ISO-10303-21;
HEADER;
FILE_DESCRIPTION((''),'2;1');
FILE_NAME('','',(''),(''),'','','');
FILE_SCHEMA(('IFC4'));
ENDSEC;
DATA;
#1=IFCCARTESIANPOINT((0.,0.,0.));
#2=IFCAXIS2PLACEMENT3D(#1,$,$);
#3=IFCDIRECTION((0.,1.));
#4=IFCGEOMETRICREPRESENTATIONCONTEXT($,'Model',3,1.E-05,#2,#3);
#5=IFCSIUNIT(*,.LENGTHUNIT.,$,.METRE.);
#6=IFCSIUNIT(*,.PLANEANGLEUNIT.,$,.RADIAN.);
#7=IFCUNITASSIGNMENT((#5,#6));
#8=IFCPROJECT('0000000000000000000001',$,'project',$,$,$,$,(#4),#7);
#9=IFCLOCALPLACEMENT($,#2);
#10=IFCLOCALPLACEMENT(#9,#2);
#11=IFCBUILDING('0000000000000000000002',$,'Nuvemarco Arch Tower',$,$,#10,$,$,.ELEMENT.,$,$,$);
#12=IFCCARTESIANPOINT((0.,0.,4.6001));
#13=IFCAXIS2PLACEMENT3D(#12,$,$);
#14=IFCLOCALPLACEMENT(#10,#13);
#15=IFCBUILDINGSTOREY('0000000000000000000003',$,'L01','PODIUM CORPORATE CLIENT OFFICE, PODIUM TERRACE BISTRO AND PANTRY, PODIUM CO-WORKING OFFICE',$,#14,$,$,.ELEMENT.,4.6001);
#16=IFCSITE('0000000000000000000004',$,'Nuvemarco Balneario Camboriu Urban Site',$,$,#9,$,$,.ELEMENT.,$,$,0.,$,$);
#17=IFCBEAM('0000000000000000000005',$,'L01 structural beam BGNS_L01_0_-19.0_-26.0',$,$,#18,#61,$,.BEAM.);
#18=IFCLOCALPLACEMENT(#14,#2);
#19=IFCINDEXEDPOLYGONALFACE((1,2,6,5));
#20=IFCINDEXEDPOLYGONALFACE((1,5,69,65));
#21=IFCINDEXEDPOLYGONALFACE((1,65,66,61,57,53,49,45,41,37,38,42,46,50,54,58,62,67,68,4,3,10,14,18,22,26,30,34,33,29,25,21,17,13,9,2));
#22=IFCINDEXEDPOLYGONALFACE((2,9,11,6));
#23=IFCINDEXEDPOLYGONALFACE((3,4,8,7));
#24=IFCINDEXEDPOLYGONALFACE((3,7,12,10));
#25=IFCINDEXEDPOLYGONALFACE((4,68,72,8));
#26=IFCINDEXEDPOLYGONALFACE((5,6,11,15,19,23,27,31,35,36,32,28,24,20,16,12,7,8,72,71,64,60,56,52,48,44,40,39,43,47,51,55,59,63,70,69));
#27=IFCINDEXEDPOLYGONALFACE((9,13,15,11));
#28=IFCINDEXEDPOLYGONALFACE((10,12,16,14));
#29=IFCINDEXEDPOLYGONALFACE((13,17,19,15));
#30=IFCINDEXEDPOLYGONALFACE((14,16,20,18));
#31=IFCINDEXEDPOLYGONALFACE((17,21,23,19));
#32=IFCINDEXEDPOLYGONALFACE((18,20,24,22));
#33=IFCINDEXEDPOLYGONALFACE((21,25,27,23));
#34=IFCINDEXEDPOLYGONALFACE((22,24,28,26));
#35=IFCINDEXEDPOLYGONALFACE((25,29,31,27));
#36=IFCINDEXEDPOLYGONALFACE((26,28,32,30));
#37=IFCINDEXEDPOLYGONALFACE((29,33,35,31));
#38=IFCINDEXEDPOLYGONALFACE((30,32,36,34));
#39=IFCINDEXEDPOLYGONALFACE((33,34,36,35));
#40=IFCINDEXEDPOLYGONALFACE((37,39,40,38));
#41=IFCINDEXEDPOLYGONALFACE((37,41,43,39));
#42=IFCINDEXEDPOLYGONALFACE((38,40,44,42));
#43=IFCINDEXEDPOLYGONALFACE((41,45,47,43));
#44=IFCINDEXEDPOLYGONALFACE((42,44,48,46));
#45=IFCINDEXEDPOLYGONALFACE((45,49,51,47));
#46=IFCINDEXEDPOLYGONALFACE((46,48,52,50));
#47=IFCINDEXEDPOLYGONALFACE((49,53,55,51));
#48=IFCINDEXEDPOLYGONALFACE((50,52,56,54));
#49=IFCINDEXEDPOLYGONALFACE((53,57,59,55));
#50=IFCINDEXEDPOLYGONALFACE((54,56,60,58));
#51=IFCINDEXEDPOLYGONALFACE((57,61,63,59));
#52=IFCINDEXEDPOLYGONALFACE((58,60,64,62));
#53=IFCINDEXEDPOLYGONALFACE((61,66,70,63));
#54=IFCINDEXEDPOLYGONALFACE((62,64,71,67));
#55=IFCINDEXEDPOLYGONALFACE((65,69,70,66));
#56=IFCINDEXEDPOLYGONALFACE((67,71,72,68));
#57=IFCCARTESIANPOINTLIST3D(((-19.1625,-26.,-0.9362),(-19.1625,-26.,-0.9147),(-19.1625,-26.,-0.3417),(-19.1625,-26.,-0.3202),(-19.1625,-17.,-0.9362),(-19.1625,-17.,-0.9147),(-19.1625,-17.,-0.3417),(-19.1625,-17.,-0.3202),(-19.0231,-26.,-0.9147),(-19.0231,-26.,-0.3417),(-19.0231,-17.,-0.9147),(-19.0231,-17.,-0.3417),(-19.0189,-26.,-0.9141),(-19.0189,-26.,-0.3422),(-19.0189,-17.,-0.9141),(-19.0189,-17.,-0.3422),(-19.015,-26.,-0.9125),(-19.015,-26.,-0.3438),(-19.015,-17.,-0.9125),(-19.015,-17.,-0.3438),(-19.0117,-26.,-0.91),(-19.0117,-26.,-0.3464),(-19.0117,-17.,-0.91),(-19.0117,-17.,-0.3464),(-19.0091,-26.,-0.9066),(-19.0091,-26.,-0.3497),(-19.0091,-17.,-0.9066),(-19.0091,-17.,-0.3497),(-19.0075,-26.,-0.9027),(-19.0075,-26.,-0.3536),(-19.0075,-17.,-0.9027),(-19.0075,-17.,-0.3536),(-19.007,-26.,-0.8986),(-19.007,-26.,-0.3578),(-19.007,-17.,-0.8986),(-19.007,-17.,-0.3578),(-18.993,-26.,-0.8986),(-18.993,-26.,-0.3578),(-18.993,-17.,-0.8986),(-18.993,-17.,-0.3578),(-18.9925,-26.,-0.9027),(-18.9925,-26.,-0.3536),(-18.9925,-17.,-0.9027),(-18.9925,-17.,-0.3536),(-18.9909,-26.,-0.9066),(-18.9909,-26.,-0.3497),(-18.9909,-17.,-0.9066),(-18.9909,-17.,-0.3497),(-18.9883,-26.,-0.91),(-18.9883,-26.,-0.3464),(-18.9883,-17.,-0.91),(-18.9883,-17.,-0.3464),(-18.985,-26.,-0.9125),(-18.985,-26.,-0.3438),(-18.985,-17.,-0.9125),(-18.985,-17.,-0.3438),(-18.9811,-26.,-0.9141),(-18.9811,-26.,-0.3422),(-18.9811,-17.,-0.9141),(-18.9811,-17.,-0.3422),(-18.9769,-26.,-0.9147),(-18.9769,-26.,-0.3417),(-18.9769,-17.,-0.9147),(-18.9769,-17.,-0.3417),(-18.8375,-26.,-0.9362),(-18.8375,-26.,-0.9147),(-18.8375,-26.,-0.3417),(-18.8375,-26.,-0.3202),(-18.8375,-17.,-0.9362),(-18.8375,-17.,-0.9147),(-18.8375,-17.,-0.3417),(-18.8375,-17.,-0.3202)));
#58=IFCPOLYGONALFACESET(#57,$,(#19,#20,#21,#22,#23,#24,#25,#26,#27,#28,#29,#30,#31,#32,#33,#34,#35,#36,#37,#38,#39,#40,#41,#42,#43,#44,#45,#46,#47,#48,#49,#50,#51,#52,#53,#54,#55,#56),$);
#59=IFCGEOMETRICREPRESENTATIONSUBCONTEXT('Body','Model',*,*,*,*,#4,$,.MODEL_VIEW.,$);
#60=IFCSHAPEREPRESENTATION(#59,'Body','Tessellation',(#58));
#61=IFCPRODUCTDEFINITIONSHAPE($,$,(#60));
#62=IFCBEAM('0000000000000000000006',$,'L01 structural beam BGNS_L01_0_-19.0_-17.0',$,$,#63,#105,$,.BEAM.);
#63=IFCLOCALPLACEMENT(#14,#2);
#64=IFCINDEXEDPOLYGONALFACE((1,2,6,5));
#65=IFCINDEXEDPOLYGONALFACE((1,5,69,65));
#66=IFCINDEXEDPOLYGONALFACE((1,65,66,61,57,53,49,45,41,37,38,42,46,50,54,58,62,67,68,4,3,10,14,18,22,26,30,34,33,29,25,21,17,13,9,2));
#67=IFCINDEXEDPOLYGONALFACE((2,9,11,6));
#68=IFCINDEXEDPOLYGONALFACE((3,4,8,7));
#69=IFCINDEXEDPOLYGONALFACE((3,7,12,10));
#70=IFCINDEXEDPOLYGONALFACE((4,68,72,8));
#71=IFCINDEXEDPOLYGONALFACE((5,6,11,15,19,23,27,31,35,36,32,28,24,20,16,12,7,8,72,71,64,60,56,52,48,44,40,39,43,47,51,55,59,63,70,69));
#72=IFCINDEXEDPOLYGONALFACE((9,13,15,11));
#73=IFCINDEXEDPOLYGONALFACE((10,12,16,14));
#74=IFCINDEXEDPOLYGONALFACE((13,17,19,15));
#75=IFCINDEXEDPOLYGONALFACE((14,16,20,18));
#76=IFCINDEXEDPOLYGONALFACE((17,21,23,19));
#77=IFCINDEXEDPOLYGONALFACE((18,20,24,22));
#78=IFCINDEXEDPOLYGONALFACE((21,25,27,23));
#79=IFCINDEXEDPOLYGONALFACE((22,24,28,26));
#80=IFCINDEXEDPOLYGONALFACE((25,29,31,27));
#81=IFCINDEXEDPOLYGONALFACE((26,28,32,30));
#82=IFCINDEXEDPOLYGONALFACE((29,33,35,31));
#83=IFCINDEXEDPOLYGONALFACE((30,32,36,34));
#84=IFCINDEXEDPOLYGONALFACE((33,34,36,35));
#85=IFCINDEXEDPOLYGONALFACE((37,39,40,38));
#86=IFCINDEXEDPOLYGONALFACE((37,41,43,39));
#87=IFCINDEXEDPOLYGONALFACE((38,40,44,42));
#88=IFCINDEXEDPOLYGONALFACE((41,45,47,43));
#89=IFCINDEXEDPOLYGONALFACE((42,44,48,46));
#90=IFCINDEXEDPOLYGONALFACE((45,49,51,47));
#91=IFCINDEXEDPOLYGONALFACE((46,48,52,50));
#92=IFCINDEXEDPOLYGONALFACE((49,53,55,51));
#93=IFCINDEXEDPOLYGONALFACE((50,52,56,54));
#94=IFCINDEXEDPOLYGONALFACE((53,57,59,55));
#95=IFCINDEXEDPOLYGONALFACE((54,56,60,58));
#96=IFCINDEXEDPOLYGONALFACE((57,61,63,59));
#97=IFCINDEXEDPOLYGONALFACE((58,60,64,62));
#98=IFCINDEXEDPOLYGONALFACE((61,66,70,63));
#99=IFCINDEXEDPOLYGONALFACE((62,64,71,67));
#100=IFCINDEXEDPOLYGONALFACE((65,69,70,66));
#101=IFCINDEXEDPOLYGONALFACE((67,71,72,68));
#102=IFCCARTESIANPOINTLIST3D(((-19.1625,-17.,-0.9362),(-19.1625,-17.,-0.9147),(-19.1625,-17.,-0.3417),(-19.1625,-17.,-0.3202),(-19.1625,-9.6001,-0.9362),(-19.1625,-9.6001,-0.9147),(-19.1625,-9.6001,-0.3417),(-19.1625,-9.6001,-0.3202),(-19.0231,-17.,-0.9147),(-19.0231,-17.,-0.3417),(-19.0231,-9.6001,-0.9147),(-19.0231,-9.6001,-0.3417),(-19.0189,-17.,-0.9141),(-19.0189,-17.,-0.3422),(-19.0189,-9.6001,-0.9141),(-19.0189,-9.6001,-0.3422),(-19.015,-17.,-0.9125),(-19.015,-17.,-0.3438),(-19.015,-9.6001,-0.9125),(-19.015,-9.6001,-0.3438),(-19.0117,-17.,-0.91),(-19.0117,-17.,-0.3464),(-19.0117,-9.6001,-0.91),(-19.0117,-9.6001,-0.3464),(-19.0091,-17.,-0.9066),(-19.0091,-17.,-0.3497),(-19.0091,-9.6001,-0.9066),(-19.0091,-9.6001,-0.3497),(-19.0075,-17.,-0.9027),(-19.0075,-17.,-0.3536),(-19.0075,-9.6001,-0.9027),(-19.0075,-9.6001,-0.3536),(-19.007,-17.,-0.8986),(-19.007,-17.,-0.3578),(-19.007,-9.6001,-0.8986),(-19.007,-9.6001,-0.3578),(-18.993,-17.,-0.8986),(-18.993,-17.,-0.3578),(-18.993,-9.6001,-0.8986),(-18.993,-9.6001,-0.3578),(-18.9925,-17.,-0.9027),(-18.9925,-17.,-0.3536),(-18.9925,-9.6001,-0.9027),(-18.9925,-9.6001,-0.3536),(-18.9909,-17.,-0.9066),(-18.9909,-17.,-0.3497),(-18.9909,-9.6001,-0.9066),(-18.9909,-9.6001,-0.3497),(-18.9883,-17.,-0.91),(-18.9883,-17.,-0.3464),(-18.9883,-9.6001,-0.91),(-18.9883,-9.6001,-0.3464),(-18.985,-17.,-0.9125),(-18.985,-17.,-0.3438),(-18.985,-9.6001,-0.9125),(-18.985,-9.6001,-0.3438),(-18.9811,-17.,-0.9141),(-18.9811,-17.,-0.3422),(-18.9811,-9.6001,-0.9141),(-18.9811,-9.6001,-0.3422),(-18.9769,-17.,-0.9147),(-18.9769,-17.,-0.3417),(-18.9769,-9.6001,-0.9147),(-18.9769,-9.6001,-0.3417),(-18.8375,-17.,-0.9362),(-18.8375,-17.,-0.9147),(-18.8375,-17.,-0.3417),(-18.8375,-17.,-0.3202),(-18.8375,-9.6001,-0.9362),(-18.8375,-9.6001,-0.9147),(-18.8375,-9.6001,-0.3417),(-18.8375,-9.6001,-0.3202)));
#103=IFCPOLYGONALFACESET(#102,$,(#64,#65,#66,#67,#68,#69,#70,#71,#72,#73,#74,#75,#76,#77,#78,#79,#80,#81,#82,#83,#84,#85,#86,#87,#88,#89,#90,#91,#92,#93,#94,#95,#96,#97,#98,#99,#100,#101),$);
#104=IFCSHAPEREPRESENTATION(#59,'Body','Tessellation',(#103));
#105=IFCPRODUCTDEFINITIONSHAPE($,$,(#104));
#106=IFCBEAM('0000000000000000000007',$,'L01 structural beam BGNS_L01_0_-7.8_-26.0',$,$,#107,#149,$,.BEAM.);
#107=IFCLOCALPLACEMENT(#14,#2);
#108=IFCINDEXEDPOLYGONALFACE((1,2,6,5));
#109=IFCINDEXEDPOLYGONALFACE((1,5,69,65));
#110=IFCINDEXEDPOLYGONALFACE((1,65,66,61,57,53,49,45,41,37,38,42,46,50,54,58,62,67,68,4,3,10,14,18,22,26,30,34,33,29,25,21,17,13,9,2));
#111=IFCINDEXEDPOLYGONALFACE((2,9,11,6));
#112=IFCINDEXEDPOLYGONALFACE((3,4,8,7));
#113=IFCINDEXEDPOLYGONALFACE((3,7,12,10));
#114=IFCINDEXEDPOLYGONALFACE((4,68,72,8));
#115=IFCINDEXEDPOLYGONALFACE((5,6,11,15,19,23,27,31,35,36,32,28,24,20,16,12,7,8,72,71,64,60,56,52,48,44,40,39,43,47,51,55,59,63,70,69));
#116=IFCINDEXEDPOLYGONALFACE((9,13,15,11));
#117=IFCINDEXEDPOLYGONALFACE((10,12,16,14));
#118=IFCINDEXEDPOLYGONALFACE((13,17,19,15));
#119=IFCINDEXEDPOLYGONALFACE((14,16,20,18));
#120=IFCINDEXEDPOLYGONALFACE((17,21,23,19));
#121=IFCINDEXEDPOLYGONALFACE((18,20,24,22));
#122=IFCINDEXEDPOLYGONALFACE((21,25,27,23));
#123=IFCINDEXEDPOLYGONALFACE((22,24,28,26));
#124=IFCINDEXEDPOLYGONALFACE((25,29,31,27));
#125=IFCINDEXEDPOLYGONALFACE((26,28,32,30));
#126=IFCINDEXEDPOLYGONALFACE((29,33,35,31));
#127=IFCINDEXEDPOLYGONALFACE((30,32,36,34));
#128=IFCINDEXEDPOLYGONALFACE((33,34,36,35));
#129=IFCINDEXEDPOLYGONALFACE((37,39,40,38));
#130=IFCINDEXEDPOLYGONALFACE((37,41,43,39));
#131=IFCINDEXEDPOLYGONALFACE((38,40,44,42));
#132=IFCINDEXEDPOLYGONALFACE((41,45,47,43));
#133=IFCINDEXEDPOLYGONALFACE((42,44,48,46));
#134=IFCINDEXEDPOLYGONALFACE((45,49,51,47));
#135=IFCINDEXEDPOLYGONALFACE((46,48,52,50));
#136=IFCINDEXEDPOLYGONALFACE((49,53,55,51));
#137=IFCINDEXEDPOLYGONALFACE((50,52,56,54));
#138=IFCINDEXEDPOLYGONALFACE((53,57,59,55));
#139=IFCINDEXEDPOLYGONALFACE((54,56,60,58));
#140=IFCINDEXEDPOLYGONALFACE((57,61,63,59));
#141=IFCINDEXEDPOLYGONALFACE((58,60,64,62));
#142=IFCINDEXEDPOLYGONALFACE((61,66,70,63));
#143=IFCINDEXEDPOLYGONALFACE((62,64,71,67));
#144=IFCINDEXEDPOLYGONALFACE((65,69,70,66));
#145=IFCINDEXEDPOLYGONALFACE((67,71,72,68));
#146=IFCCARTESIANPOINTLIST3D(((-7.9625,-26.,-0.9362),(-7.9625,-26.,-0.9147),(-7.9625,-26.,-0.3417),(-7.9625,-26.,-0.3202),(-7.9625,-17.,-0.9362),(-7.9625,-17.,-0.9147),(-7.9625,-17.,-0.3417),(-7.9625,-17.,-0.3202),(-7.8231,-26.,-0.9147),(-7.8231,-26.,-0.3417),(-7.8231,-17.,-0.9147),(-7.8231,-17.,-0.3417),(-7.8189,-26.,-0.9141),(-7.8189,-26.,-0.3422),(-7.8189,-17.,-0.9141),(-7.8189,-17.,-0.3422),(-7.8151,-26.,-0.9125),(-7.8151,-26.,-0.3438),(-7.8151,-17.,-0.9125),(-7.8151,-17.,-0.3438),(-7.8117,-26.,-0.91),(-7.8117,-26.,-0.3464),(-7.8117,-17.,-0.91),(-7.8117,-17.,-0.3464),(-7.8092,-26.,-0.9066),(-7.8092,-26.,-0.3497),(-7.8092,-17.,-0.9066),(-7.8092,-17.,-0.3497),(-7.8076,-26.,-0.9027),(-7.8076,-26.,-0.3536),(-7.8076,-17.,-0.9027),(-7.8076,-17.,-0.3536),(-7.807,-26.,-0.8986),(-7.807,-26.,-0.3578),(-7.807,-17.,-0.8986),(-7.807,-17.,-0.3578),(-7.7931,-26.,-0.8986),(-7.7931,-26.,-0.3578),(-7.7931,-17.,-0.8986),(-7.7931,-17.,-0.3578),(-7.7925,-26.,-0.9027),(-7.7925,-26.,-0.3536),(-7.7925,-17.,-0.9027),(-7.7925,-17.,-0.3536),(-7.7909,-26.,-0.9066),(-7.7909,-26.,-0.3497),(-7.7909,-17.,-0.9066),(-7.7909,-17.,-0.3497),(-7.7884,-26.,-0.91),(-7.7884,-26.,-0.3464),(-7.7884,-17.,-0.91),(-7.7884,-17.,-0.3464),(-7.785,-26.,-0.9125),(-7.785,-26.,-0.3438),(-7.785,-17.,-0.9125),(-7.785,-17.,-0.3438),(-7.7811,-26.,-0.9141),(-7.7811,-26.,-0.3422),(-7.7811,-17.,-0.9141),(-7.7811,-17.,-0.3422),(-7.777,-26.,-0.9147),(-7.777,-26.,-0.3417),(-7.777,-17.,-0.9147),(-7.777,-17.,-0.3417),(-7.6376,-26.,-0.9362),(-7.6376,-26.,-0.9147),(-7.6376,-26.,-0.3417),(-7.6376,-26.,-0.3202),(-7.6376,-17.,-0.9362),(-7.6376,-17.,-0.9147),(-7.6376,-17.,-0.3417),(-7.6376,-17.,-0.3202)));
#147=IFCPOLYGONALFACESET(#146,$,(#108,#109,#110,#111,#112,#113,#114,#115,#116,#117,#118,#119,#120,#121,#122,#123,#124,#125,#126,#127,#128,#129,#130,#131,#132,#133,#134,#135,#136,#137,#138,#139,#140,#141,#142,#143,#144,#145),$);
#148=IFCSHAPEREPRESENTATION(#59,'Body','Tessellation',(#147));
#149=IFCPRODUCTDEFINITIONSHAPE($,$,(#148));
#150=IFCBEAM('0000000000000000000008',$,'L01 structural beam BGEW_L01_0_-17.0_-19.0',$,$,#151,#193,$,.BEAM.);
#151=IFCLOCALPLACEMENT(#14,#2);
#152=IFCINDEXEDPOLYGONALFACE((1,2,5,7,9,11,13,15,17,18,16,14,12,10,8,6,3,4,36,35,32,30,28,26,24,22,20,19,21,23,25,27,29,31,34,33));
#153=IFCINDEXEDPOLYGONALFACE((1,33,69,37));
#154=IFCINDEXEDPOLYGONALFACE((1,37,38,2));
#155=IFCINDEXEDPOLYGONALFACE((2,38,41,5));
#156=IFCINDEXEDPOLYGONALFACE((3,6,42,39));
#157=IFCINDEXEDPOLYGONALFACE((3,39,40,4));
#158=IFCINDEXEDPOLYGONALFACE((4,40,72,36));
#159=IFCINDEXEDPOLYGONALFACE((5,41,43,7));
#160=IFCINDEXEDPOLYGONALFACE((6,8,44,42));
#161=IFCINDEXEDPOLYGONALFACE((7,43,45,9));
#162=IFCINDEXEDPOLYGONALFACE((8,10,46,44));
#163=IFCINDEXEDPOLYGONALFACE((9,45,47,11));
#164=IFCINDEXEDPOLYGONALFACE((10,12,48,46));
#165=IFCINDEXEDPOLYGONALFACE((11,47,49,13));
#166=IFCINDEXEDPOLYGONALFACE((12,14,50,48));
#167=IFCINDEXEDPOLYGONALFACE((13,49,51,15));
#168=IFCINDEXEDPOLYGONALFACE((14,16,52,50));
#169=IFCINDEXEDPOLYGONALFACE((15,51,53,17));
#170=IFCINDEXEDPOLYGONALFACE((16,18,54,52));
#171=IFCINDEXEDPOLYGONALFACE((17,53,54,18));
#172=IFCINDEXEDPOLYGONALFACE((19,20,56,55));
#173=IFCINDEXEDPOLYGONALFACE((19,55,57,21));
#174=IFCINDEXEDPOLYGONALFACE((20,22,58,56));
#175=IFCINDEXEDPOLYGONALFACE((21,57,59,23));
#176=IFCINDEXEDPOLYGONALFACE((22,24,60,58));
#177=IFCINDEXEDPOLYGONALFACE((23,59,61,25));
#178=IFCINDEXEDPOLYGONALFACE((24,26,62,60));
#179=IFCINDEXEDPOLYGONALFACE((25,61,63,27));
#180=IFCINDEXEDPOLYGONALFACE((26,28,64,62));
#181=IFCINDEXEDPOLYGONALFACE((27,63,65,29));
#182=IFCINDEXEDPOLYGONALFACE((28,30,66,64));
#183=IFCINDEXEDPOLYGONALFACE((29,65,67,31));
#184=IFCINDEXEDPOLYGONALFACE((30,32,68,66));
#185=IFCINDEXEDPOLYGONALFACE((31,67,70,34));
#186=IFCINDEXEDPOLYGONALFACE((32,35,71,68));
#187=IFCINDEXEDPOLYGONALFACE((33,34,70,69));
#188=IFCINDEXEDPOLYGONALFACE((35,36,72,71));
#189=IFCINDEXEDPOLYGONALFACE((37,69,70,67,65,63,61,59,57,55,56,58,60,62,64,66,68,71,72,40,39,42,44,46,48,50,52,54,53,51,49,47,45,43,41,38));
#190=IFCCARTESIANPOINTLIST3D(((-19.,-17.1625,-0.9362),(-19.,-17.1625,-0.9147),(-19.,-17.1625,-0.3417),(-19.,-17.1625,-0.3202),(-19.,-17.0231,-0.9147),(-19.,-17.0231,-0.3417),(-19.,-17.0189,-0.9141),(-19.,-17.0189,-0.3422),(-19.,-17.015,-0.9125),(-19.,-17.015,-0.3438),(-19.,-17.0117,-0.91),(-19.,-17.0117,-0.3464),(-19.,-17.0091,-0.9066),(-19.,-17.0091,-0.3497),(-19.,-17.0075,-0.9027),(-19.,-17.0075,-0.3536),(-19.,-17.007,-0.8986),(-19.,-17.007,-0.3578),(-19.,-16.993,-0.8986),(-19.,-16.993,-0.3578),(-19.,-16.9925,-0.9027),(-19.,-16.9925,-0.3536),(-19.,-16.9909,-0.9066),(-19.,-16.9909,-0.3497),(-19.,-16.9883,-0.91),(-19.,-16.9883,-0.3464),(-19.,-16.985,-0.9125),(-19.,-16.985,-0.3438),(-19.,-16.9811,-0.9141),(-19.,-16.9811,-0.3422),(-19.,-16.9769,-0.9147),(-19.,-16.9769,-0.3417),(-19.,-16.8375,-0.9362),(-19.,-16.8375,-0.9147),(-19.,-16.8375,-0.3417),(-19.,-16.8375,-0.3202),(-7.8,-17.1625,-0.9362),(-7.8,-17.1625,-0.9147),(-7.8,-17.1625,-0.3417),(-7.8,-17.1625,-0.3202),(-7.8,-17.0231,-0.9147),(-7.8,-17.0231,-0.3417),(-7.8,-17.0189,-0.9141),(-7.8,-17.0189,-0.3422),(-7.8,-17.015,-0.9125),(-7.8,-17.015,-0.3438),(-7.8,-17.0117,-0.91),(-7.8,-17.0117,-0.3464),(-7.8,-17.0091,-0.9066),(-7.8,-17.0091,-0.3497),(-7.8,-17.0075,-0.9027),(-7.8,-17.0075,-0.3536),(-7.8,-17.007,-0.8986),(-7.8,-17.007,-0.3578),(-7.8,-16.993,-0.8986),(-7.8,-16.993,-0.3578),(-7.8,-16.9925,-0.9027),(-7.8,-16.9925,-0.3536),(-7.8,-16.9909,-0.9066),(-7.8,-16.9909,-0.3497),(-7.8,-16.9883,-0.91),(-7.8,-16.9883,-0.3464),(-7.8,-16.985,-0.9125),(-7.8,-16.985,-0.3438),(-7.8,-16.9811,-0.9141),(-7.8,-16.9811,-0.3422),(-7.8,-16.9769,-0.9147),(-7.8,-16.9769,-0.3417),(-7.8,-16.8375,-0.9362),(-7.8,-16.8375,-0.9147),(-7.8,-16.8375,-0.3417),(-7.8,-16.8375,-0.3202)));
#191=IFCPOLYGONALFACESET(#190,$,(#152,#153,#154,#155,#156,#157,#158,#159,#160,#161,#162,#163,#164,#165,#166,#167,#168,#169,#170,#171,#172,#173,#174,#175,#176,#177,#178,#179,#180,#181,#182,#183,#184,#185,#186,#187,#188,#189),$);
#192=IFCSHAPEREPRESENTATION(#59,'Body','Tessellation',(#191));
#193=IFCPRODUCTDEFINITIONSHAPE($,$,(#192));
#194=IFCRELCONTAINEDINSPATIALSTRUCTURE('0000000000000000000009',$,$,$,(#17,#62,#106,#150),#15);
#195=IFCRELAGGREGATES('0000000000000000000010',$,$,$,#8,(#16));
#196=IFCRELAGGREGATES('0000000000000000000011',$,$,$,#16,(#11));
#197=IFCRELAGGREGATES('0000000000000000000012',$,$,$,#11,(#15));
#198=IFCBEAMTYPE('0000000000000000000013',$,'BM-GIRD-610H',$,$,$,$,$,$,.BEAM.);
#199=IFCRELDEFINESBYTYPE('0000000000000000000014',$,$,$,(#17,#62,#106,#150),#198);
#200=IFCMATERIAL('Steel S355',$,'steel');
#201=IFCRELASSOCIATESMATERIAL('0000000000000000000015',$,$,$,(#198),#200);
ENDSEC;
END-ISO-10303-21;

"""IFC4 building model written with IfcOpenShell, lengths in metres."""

from ifc_helpers import new_model, si_unit, direction, frame, origin, origin_2d, place, context, subcontext, project, spatial, i_section, extrude, material, material_profile, profile_set, type_object, element, save


model = new_model("IFC4")

# Units and contexts
model_context = context("Model", 3, precision=1e-05, world=origin(), true_north=direction((0.0, 1.0)))
body_context = subcontext(model_context, "Body", "Model", "MODEL_VIEW")
ifc_project = project(units=[si_unit("LENGTHUNIT", "METRE"), si_unit("PLANEANGLEUNIT", "RADIAN")], contexts=[model_context])

# Site, building, storey
site_placement = place(None, origin())
site = spatial("IfcSite", under=ifc_project, at=site_placement, Name="Nuvemarco Balneario Camboriu Urban Site", CompositionType="ELEMENT", RefElevation=0.0)
building_placement = place(site_placement, origin())
building = spatial("IfcBuilding", under=site, at=building_placement, Name="Nuvemarco Arch Tower", CompositionType="ELEMENT")
storey_placement = place(building_placement, frame((0.0, 0.0, 4.6001)))
storey = spatial("IfcBuildingStorey", under=building, at=storey_placement, Name="L01", Description="PODIUM CORPORATE CLIENT OFFICE, PODIUM TERRACE BISTRO AND PANTRY, PODIUM CO-WORKING OFFICE", CompositionType="ELEMENT", Elevation=4.6001)

# Beams
ifc_material_1 = material(Name="Steel S355", Category="steel")
ifc_material_profile_1 = material_profile(ifc_material_1, i_section(OverallWidth=0.325, OverallDepth=0.616, WebThickness=0.0139, FlangeThickness=0.0215, FilletRadius=0.0161, at=origin_2d()), Name="W610x174")
ifc_profile_set_1 = profile_set([ifc_material_profile_1], Name="Steel S355")
beam_type_1 = type_object("IfcBeamType", Name="BM-GIRD-610H", PredefinedType="BEAM", material=ifc_profile_set_1)
beam_1_placement = place(storey_placement, frame((-19.0, -26.0, -0.6282), z_axis=(0.0, 1.0, 0.0), x_axis=(-1.0, 0.0, 0.0)))
element("IfcBeam", 1, at=beam_1_placement, inside=storey, type_object=beam_type_1, Name="L01 structural beam BGNS_L01_0_-19.0_-26.0", PredefinedType="BEAM", context=body_context, shape_type="SweptSolid", body=[
    extrude(i_section(OverallWidth=0.325, OverallDepth=0.616, WebThickness=0.0139, FlangeThickness=0.0215, FilletRadius=0.0161, at=origin_2d()), origin(), (0.0, 0.0, 1.0), 9.0),
])
beam_2_placement = place(storey_placement, frame((-19.0, -17.0, -0.6282), z_axis=(0.0, 1.0, 0.0), x_axis=(-1.0, 0.0, 0.0)))
element("IfcBeam", 2, at=beam_2_placement, inside=storey, type_object=beam_type_1, Name="L01 structural beam BGNS_L01_0_-19.0_-17.0", PredefinedType="BEAM", context=body_context, shape_type="SweptSolid", body=[
    extrude(i_section(OverallWidth=0.325, OverallDepth=0.616, WebThickness=0.0139, FlangeThickness=0.0215, FilletRadius=0.0161, at=origin_2d()), origin(), (0.0, 0.0, 1.0), 7.3999),
])
beam_3_placement = place(storey_placement, frame((-7.8, -26.0, -0.6282), z_axis=(0.0, 1.0, 0.0), x_axis=(-1.0, 0.0, 0.0)))
element("IfcBeam", 3, at=beam_3_placement, inside=storey, type_object=beam_type_1, Name="L01 structural beam BGNS_L01_0_-7.8_-26.0", PredefinedType="BEAM", context=body_context, shape_type="SweptSolid", body=[
    extrude(i_section(OverallWidth=0.325, OverallDepth=0.616, WebThickness=0.0139, FlangeThickness=0.0215, FilletRadius=0.0161, at=origin_2d()), origin(), (0.0, 0.0, 1.0), 9.0),
])
beam_4_placement = place(storey_placement, frame((-19.0, -17.0, -0.6282), z_axis=(1.0, 0.0, 0.0), x_axis=(0.0, 1.0, 0.0)))
element("IfcBeam", 4, at=beam_4_placement, inside=storey, type_object=beam_type_1, Name="L01 structural beam BGEW_L01_0_-17.0_-19.0", PredefinedType="BEAM", context=body_context, shape_type="SweptSolid", body=[
    extrude(i_section(OverallWidth=0.325, OverallDepth=0.616, WebThickness=0.0139, FlangeThickness=0.0215, FilletRadius=0.0161, at=origin_2d()), origin(), (0.0, 0.0, 1.0), 11.2),
])

save(model, "model.ifc")
